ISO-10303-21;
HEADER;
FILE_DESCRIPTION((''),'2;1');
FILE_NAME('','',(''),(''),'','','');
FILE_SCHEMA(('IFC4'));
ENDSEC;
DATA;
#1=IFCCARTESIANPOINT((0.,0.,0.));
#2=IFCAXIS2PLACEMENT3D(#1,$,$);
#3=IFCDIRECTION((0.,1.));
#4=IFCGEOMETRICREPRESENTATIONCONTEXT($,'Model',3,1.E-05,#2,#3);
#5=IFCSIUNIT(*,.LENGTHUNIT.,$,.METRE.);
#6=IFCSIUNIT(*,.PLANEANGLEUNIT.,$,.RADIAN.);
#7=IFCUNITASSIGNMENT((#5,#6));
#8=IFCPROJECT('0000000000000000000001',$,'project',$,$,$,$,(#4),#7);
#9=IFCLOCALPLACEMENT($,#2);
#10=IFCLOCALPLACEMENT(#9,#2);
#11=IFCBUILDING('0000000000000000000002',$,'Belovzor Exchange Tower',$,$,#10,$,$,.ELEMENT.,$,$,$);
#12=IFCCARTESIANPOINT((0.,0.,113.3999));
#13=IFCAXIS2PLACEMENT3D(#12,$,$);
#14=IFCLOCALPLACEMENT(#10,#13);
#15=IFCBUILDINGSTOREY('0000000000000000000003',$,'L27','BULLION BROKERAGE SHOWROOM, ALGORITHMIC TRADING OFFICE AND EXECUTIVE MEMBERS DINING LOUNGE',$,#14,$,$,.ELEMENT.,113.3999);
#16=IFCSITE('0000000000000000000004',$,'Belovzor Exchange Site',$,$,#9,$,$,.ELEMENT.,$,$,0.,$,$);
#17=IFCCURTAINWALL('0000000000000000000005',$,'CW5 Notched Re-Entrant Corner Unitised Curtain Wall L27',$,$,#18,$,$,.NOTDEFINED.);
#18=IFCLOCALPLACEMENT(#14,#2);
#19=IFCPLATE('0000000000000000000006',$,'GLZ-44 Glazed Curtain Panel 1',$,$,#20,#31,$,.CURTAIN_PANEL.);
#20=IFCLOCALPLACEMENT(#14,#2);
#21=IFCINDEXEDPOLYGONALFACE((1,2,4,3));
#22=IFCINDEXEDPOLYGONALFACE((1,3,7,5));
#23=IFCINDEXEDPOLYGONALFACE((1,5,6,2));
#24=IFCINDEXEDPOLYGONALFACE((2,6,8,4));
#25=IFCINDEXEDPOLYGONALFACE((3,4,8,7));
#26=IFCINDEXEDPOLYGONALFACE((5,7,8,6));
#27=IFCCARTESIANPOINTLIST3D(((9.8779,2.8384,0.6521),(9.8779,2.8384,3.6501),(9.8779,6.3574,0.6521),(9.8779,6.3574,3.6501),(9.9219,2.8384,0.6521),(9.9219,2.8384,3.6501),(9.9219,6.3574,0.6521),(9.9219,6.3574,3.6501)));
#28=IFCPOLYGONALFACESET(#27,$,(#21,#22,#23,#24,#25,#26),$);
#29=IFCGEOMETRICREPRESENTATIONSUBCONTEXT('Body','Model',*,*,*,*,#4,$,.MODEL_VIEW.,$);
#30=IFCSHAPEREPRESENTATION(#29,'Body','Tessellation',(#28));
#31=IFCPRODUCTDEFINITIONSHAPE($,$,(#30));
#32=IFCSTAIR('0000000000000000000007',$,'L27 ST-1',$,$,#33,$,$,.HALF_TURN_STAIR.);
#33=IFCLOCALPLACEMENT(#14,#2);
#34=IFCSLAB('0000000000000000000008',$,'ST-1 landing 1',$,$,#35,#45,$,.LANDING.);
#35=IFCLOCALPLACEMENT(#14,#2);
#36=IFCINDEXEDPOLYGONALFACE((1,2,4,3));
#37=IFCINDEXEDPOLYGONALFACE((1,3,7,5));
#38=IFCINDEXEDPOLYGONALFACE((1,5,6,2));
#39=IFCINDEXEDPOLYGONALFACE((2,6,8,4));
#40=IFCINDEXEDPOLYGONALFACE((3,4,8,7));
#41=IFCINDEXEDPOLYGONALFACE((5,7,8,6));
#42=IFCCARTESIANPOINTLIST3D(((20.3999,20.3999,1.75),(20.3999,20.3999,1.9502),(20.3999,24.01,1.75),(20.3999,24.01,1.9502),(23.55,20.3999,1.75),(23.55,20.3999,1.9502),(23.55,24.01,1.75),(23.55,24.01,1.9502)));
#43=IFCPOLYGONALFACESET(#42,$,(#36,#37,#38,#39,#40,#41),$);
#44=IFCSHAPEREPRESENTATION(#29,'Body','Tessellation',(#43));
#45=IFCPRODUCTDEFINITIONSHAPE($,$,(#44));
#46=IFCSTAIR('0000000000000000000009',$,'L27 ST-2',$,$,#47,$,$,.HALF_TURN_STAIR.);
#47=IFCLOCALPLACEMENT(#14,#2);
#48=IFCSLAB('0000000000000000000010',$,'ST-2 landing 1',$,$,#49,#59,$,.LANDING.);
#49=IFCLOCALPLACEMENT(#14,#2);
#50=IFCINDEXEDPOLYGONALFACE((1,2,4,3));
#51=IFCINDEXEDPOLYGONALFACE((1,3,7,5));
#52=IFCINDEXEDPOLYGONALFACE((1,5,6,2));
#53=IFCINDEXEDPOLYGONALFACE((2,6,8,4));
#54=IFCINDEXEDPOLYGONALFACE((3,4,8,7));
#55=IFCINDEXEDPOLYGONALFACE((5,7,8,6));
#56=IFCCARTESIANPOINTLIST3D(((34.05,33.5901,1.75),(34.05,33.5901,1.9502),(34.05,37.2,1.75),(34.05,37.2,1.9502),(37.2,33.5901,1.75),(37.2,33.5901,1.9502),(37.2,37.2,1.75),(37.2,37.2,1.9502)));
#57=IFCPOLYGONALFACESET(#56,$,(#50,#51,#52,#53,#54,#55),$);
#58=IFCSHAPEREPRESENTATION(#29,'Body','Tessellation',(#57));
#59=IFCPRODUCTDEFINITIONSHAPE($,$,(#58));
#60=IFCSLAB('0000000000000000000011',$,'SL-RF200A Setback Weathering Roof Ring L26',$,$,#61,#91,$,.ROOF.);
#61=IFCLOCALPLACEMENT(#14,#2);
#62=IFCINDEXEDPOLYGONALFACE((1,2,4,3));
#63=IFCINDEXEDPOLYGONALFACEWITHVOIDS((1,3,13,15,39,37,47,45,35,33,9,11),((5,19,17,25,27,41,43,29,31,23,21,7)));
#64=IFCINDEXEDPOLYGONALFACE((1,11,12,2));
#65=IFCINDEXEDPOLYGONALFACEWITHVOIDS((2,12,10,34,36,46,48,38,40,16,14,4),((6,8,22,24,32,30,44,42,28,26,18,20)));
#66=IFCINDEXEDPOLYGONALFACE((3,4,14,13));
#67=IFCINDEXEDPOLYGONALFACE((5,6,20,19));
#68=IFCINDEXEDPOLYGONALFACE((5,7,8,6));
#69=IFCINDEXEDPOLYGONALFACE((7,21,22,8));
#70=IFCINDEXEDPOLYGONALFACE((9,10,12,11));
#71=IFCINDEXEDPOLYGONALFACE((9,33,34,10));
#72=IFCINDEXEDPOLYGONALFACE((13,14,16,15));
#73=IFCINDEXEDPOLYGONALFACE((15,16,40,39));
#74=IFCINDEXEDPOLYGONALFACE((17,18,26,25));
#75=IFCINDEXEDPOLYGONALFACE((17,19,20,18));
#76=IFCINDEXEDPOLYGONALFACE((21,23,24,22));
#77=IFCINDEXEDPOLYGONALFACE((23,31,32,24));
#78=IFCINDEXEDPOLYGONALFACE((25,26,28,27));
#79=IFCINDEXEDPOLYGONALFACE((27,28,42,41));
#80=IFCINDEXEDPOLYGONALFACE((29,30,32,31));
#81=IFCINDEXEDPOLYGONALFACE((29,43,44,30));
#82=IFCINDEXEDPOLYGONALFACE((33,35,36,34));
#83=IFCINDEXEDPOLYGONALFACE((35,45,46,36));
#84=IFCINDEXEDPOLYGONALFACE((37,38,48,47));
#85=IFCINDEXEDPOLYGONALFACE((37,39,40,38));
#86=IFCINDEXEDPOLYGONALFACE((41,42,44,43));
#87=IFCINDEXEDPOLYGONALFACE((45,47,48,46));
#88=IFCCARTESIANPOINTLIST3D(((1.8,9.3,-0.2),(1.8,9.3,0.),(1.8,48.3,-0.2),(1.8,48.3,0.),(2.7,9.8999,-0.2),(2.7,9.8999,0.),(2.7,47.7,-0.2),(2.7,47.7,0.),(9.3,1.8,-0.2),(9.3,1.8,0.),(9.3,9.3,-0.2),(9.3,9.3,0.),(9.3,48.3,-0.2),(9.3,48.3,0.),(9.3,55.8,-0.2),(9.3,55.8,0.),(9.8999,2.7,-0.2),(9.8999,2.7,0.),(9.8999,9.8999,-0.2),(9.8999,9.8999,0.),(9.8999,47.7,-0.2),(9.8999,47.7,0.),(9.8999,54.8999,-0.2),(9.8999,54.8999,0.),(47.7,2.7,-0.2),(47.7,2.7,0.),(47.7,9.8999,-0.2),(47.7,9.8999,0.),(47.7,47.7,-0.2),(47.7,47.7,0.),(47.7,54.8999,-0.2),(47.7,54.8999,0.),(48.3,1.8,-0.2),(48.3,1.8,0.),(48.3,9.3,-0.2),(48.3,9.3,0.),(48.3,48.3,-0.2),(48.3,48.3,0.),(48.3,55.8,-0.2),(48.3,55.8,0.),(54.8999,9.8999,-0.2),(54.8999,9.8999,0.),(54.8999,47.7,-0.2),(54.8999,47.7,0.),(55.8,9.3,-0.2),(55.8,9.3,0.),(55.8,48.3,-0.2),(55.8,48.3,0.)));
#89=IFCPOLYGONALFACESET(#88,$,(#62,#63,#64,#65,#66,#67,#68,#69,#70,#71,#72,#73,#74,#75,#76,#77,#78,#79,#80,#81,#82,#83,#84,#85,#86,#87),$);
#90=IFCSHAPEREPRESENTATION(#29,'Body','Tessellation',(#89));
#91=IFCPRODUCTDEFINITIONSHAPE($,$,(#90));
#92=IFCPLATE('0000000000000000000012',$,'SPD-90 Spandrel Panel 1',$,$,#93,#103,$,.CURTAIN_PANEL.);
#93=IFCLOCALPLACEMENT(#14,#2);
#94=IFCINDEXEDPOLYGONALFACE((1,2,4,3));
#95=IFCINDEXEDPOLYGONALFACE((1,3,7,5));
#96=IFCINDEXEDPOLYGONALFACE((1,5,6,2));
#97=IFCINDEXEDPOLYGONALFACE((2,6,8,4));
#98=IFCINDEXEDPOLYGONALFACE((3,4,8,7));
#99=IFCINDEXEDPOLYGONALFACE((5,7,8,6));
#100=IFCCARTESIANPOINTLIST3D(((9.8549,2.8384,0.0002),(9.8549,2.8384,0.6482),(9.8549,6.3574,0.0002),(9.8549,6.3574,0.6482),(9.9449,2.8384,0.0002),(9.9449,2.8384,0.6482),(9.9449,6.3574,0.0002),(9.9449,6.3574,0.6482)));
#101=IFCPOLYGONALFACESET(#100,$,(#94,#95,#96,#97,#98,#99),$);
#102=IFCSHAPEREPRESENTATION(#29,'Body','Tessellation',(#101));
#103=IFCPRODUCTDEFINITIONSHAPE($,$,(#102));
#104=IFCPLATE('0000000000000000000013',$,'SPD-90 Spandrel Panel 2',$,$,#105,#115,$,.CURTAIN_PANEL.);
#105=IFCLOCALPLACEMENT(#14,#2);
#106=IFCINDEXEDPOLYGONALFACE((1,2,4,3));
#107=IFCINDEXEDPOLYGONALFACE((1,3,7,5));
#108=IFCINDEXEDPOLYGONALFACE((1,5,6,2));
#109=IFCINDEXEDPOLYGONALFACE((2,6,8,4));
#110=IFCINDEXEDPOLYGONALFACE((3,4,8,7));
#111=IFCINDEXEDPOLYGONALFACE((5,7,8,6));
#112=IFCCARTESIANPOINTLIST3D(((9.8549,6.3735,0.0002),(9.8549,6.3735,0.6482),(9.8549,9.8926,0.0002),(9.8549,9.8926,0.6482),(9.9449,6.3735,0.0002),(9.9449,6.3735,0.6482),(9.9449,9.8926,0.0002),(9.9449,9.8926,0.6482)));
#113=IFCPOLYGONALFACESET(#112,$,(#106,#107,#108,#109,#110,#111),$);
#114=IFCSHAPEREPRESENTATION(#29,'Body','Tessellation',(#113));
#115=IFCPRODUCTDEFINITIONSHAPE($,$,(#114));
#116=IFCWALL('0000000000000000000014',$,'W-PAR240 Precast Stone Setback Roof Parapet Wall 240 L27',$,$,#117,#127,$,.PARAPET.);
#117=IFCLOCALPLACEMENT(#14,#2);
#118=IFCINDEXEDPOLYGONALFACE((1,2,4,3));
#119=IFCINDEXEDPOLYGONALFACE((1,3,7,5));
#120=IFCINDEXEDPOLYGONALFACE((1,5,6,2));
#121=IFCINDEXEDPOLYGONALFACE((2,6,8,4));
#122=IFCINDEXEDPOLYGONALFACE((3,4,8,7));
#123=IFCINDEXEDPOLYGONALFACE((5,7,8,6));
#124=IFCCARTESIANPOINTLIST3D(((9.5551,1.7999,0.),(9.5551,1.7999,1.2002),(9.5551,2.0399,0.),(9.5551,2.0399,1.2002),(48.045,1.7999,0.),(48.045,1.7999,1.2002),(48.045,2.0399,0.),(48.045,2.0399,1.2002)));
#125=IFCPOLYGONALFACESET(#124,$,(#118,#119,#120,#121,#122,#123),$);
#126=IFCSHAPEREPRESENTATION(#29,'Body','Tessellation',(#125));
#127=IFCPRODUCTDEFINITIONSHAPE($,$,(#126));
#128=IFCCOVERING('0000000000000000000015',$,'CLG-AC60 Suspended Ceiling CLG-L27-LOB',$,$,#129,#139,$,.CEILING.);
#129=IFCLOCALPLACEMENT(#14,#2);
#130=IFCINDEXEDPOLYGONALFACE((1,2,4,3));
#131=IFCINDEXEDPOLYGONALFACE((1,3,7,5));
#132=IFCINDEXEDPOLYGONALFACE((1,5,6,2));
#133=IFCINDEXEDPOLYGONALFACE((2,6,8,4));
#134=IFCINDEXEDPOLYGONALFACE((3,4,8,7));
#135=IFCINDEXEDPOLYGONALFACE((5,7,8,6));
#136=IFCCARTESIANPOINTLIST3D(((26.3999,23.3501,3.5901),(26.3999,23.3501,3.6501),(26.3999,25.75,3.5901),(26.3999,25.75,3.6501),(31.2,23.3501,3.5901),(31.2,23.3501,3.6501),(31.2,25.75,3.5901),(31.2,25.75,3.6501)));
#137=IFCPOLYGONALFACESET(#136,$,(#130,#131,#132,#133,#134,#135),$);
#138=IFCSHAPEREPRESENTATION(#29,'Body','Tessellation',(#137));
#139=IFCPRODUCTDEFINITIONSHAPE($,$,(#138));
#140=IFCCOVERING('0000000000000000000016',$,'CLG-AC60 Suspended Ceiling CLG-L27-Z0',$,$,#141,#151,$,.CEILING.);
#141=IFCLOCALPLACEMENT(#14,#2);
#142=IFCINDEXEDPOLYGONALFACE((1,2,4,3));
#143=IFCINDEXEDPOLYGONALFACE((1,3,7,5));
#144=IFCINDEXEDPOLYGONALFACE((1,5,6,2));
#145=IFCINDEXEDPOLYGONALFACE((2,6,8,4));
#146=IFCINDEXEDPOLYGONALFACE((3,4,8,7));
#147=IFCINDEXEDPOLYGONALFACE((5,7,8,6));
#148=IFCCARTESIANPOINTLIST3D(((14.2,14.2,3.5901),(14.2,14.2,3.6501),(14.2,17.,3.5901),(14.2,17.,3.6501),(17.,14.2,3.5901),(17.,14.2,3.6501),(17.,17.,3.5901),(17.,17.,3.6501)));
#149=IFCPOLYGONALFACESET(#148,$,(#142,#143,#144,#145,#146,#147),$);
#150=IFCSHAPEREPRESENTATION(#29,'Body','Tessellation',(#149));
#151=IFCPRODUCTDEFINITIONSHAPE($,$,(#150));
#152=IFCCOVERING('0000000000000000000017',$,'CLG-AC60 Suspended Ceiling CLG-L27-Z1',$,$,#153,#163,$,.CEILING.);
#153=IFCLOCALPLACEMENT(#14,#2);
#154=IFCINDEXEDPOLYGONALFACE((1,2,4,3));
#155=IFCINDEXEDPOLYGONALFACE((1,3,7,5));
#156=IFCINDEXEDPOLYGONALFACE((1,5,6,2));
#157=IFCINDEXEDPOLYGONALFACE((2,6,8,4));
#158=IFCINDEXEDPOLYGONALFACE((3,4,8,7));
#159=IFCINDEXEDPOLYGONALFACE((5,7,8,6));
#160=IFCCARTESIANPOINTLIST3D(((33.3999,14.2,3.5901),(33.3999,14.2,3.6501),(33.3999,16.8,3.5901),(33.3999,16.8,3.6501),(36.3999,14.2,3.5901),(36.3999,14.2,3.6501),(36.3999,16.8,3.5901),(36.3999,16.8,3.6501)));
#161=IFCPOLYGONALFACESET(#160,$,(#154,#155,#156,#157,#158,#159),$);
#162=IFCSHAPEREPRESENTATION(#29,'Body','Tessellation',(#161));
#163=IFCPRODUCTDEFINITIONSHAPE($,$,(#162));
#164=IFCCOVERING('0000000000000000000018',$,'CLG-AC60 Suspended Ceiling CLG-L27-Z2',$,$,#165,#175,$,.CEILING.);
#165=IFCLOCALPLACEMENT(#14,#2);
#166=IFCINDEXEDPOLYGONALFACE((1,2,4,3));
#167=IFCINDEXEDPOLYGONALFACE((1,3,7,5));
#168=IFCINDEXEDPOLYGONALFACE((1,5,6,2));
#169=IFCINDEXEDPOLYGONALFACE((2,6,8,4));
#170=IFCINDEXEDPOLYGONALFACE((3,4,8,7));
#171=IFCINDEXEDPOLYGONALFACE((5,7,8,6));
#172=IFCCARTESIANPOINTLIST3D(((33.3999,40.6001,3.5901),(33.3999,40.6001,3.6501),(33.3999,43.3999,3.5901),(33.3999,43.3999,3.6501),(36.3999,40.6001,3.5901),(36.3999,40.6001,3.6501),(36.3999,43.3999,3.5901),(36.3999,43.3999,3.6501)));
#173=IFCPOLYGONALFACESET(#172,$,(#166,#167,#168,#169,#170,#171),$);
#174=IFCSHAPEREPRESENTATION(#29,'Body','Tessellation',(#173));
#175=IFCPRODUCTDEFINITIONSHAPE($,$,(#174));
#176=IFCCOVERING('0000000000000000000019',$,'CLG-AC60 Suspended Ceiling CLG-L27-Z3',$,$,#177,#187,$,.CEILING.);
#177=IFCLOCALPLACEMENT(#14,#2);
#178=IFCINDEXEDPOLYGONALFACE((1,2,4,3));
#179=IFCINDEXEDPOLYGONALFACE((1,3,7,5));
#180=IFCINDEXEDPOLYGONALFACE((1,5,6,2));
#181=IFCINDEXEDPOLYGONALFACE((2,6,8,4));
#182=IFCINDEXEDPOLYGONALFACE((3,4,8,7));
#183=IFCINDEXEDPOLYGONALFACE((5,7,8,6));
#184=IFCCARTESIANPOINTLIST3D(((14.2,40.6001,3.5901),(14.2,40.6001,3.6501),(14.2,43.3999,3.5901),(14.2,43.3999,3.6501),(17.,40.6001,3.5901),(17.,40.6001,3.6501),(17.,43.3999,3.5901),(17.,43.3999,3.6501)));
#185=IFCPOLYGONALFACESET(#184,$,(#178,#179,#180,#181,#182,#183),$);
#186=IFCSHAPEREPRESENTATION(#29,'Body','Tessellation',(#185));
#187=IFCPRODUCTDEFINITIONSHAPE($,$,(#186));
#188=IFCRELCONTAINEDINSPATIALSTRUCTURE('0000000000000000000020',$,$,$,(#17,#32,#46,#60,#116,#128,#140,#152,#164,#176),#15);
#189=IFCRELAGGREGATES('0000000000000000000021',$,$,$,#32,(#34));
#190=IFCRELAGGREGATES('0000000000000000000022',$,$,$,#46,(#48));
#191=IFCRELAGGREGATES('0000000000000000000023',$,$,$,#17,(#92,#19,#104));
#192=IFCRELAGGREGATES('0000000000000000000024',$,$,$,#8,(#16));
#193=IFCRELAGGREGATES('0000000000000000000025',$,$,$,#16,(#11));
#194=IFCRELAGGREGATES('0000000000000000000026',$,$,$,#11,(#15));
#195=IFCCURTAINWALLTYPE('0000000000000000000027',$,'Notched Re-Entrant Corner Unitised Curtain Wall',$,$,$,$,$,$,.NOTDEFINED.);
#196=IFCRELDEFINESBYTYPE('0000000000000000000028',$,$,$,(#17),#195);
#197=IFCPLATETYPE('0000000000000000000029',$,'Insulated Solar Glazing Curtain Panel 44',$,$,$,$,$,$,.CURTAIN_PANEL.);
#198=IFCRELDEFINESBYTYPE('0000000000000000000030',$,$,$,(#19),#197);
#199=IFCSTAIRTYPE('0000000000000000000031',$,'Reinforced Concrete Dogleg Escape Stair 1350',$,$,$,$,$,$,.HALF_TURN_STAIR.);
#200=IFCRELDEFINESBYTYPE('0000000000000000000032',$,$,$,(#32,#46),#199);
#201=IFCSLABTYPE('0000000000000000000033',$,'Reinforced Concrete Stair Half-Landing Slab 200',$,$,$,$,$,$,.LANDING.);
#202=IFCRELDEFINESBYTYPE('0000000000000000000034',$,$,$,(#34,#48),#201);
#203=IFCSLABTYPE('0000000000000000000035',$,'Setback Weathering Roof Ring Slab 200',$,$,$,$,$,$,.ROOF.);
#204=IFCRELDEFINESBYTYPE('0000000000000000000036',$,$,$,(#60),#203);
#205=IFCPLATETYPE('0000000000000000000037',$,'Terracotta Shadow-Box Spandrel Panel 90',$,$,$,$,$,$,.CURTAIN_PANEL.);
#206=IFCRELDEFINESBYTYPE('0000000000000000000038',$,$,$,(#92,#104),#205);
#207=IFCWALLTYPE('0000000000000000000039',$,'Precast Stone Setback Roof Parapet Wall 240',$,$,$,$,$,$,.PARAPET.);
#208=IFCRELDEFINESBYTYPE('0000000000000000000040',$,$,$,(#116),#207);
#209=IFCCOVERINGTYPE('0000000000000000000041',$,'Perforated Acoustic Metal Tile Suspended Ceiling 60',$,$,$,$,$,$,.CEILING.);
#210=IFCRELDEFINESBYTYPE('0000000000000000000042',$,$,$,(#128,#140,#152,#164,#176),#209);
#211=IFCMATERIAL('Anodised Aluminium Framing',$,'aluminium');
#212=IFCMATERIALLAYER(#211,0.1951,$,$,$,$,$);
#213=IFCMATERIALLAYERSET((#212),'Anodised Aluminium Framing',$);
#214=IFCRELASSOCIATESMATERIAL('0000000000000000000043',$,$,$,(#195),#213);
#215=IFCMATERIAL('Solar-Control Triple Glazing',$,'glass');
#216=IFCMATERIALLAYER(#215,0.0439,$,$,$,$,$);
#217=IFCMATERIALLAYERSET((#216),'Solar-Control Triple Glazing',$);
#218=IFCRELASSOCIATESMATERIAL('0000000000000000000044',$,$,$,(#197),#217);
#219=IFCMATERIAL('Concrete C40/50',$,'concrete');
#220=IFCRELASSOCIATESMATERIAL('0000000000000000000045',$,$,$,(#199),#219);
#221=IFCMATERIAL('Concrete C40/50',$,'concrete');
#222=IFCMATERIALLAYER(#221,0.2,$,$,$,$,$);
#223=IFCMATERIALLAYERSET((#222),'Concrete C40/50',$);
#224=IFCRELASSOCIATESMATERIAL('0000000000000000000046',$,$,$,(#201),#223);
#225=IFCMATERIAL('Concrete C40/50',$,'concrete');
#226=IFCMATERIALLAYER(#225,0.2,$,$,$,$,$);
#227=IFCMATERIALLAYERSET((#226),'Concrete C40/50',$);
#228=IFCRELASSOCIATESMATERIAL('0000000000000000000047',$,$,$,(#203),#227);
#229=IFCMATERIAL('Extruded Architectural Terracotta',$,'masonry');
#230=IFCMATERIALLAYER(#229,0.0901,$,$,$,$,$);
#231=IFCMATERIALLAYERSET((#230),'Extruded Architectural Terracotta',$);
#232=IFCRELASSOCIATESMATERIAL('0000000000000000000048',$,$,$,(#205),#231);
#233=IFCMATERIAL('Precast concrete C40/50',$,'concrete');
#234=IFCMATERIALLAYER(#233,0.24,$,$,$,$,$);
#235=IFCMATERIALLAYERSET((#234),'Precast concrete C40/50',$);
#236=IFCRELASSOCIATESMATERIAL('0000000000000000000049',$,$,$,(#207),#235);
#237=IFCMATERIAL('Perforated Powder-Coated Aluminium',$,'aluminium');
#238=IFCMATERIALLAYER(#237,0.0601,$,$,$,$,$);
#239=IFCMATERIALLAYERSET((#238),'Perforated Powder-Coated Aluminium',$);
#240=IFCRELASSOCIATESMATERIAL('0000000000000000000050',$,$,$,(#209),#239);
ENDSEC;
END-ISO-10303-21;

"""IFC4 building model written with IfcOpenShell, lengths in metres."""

from ifc_helpers import new_model, si_unit, direction, frame, frame_2d, origin, origin_2d, place, context, subcontext, project, spatial, polyline, rectangle, outline, extrude, material, layer, layer_set, type_object, element, aggregate, save


model = new_model("IFC4")

# Units and contexts
model_context = context("Model", 3, precision=1e-05, world=origin(), true_north=direction((0.0, 1.0)))
body_context = subcontext(model_context, "Body", "Model", "MODEL_VIEW")
ifc_project = project(units=[si_unit("LENGTHUNIT", "METRE"), si_unit("PLANEANGLEUNIT", "RADIAN")], contexts=[model_context])

# Site, building, storey
site_placement = place(None, origin())
site = spatial("IfcSite", under=ifc_project, at=site_placement, Name="Belovzor Exchange Site", CompositionType="ELEMENT", RefElevation=0.0)
building_placement = place(site_placement, origin())
building = spatial("IfcBuilding", under=site, at=building_placement, Name="Belovzor Exchange Tower", CompositionType="ELEMENT")
storey_placement = place(building_placement, frame((0.0, 0.0, 113.3999)))
storey = spatial("IfcBuildingStorey", under=building, at=storey_placement, Name="L27", Description="BULLION BROKERAGE SHOWROOM, ALGORITHMIC TRADING OFFICE AND EXECUTIVE MEMBERS DINING LOUNGE", CompositionType="ELEMENT", Elevation=113.3999)

# Curtain wall
ifc_material_1 = material(Name="Anodised Aluminium Framing", Category="aluminium")
ifc_layer_1 = layer(ifc_material_1, 0.1951)
ifc_layer_set_1 = layer_set([ifc_layer_1], Name="Anodised Aluminium Framing")
curtain_wall_type = type_object("IfcCurtainWallType", Name="Notched Re-Entrant Corner Unitised Curtain Wall", PredefinedType="NOTDEFINED", material=ifc_layer_set_1)
curtain_wall_placement = place(storey_placement, origin())
curtain_wall = element("IfcCurtainWall", 1, at=curtain_wall_placement, inside=storey, type_object=curtain_wall_type, Name="CW5 Notched Re-Entrant Corner Unitised Curtain Wall L27", PredefinedType="NOTDEFINED")

# Plate
ifc_material_2 = material(Name="Solar-Control Triple Glazing", Category="glass")
ifc_layer_2 = layer(ifc_material_2, 0.0439)
ifc_layer_set_2 = layer_set([ifc_layer_2], Name="Solar-Control Triple Glazing")
plate_type_1 = type_object("IfcPlateType", Name="Insulated Solar Glazing Curtain Panel 44", PredefinedType="CURTAIN_PANEL", material=ifc_layer_set_2)
plate_1_placement = place(storey_placement, frame((9.8999, 4.5979, 0.6521), z_axis=(0.0, 0.0, 1.0), x_axis=(0.0, 1.0, 0.0)))
plate_1 = element("IfcPlate", 2, at=plate_1_placement, type_object=plate_type_1, Name="GLZ-44 Glazed Curtain Panel 1", PredefinedType="CURTAIN_PANEL", context=body_context, shape_type="SweptSolid", body=[
    extrude(rectangle(XDim=3.519, YDim=0.0439, at=origin_2d()), origin(), (0.0, 0.0, 1.0), 2.998),
])

# Stairs, slabs
ifc_material_3 = material(Name="Concrete C40/50", Category="concrete")
stair_type = type_object("IfcStairType", Name="Reinforced Concrete Dogleg Escape Stair 1350", PredefinedType="HALF_TURN_STAIR", material=ifc_material_3)
stair_1_placement = place(storey_placement, origin())
stair_1 = element("IfcStair", 3, at=stair_1_placement, inside=storey, type_object=stair_type, Name="L27 ST-1", PredefinedType="HALF_TURN_STAIR")
ifc_material_4 = material(Name="Concrete C40/50", Category="concrete")
ifc_layer_3 = layer(ifc_material_4, 0.2)
ifc_layer_set_3 = layer_set([ifc_layer_3], Name="Concrete C40/50")
slab_type_1 = type_object("IfcSlabType", Name="Reinforced Concrete Stair Half-Landing Slab 200", PredefinedType="LANDING", material=ifc_layer_set_3)
slab_1_placement = place(storey_placement, frame((0.0, 0.0, 1.75)))
slab_1 = element("IfcSlab", 4, at=slab_1_placement, type_object=slab_type_1, Name="ST-1 landing 1", PredefinedType="LANDING", context=body_context, shape_type="SweptSolid", body=[
    extrude(outline(polyline([(20.3999, 24.01), (20.3999, 20.3999), (23.55, 20.3999), (23.55, 24.01), (20.3999, 24.01)])), origin(), (0.0, 0.0, 1.0), 0.2002),
])
aggregate(stair_1, [slab_1])
stair_2_placement = place(storey_placement, origin())
stair_2 = element("IfcStair", 5, at=stair_2_placement, inside=storey, type_object=stair_type, Name="L27 ST-2", PredefinedType="HALF_TURN_STAIR")
slab_2_placement = place(storey_placement, frame((0.0, 0.0, 1.75)))
slab_2 = element("IfcSlab", 6, at=slab_2_placement, type_object=slab_type_1, Name="ST-2 landing 1", PredefinedType="LANDING", context=body_context, shape_type="SweptSolid", body=[
    extrude(outline(polyline([(37.2, 33.5901), (37.2, 37.2), (34.05, 37.2), (34.05, 33.5901), (37.2, 33.5901)])), origin(), (0.0, 0.0, 1.0), 0.2002),
])
aggregate(stair_2, [slab_2])

# Slab
ifc_material_5 = material(Name="Concrete C40/50", Category="concrete")
ifc_layer_4 = layer(ifc_material_5, 0.2)
ifc_layer_set_4 = layer_set([ifc_layer_4], Name="Concrete C40/50")
slab_type_2 = type_object("IfcSlabType", Name="Setback Weathering Roof Ring Slab 200", PredefinedType="ROOF", material=ifc_layer_set_4)
slab_3_placement = place(storey_placement, frame((0.0, 0.0, -0.2)))
element("IfcSlab", 7, at=slab_3_placement, inside=storey, type_object=slab_type_2, Name="SL-RF200A Setback Weathering Roof Ring L26", PredefinedType="ROOF", context=body_context, shape_type="SweptSolid", body=[
    extrude(outline(polyline([(9.3, 1.8), (48.3, 1.8), (48.3, 9.3), (55.8, 9.3), (55.8, 48.3), (48.3, 48.3), (48.3, 55.8), (9.3, 55.8), (9.3, 48.3), (1.8, 48.3), (1.8, 9.3), (9.3, 9.3), (9.3, 1.8)]), holes=[polyline([(9.8999, 2.7), (47.7, 2.7), (47.7, 9.8999), (54.8999, 9.8999), (54.8999, 47.7), (47.7, 47.7), (47.7, 54.8999), (9.8999, 54.8999), (9.8999, 47.7), (2.7, 47.7), (2.7, 9.8999), (9.8999, 9.8999), (9.8999, 2.7)])]), origin(), (0.0, 0.0, 1.0), 0.2),
])

# Plates
ifc_material_6 = material(Name="Extruded Architectural Terracotta", Category="masonry")
ifc_layer_5 = layer(ifc_material_6, 0.0901)
ifc_layer_set_5 = layer_set([ifc_layer_5], Name="Extruded Architectural Terracotta")
plate_type_2 = type_object("IfcPlateType", Name="Terracotta Shadow-Box Spandrel Panel 90", PredefinedType="CURTAIN_PANEL", material=ifc_layer_set_5)
plate_2_placement = place(storey_placement, frame((9.8999, 4.5979, 0.0002), z_axis=(0.0, 0.0, 1.0), x_axis=(0.0, 1.0, 0.0)))
plate_2 = element("IfcPlate", 8, at=plate_2_placement, type_object=plate_type_2, Name="SPD-90 Spandrel Panel 1", PredefinedType="CURTAIN_PANEL", context=body_context, shape_type="SweptSolid", body=[
    extrude(rectangle(XDim=3.519, YDim=0.0901, at=origin_2d()), origin(), (0.0, 0.0, 1.0), 0.6479),
])
plate_3_placement = place(storey_placement, frame((9.8999, 8.1331, 0.0002), z_axis=(0.0, 0.0, 1.0), x_axis=(0.0, 1.0, 0.0)))
plate_3 = element("IfcPlate", 9, at=plate_3_placement, type_object=plate_type_2, Name="SPD-90 Spandrel Panel 2", PredefinedType="CURTAIN_PANEL", context=body_context, shape_type="SweptSolid", body=[
    extrude(rectangle(XDim=3.519, YDim=0.0901, at=origin_2d()), origin(), (0.0, 0.0, 1.0), 0.6479),
])
aggregate(curtain_wall, [plate_2, plate_1, plate_3])

# Wall
ifc_material_7 = material(Name="Precast concrete C40/50", Category="concrete")
ifc_layer_6 = layer(ifc_material_7, 0.24)
ifc_layer_set_6 = layer_set([ifc_layer_6], Name="Precast concrete C40/50")
wall_type = type_object("IfcWallType", Name="Precast Stone Setback Roof Parapet Wall 240", PredefinedType="PARAPET", material=ifc_layer_set_6)
wall_placement = place(storey_placement, frame((9.5549, 1.9199, 0.0), z_axis=(0.0, 0.0, 1.0), x_axis=(1.0, 0.0, 0.0)))
element("IfcWall", 10, at=wall_placement, inside=storey, type_object=wall_type, Name="W-PAR240 Precast Stone Setback Roof Parapet Wall 240 L27", PredefinedType="PARAPET", context=body_context, shape_type="SweptSolid", body=[
    extrude(rectangle(XDim=38.49, YDim=0.24, at=frame_2d((19.2451, 0.0))), origin(), (0.0, 0.0, 1.0), 1.2002),
])

# Coverings
ifc_material_8 = material(Name="Perforated Powder-Coated Aluminium", Category="aluminium")
ifc_layer_7 = layer(ifc_material_8, 0.0601)
ifc_layer_set_7 = layer_set([ifc_layer_7], Name="Perforated Powder-Coated Aluminium")
covering_type_1 = type_object("IfcCoveringType", Name="Perforated Acoustic Metal Tile Suspended Ceiling 60", PredefinedType="CEILING", material=ifc_layer_set_7)
covering_1_placement = place(storey_placement, frame((0.0, 0.0, 3.5901)))
element("IfcCovering", 11, at=covering_1_placement, inside=storey, type_object=covering_type_1, Name="CLG-AC60 Suspended Ceiling CLG-L27-LOB", PredefinedType="CEILING", context=body_context, shape_type="SweptSolid", body=[
    extrude(outline(polyline([(26.3999, 23.3501), (31.2, 23.3501), (31.2, 25.75), (26.3999, 25.75), (26.3999, 23.3501)])), origin(), (0.0, 0.0, 1.0), 0.0601),
])
covering_2_placement = place(storey_placement, frame((0.0, 0.0, 3.5901)))
element("IfcCovering", 12, at=covering_2_placement, inside=storey, type_object=covering_type_1, Name="CLG-AC60 Suspended Ceiling CLG-L27-Z0", PredefinedType="CEILING", context=body_context, shape_type="SweptSolid", body=[
    extrude(outline(polyline([(14.2, 14.2), (17.0, 14.2), (17.0, 17.0), (14.2, 17.0), (14.2, 14.2)])), origin(), (0.0, 0.0, 1.0), 0.0601),
])
covering_3_placement = place(storey_placement, frame((0.0, 0.0, 3.5901)))
element("IfcCovering", 13, at=covering_3_placement, inside=storey, type_object=covering_type_1, Name="CLG-AC60 Suspended Ceiling CLG-L27-Z1", PredefinedType="CEILING", context=body_context, shape_type="SweptSolid", body=[
    extrude(outline(polyline([(33.3999, 14.2), (36.3999, 14.2), (36.3999, 16.8), (33.3999, 16.8), (33.3999, 14.2)])), origin(), (0.0, 0.0, 1.0), 0.0601),
])
covering_4_placement = place(storey_placement, frame((0.0, 0.0, 3.5901)))
element("IfcCovering", 14, at=covering_4_placement, inside=storey, type_object=covering_type_1, Name="CLG-AC60 Suspended Ceiling CLG-L27-Z2", PredefinedType="CEILING", context=body_context, shape_type="SweptSolid", body=[
    extrude(outline(polyline([(33.3999, 40.6001), (36.3999, 40.6001), (36.3999, 43.3999), (33.3999, 43.3999), (33.3999, 40.6001)])), origin(), (0.0, 0.0, 1.0), 0.0601),
])
covering_5_placement = place(storey_placement, frame((0.0, 0.0, 3.5901)))
element("IfcCovering", 15, at=covering_5_placement, inside=storey, type_object=covering_type_1, Name="CLG-AC60 Suspended Ceiling CLG-L27-Z3", PredefinedType="CEILING", context=body_context, shape_type="SweptSolid", body=[
    extrude(outline(polyline([(14.2, 40.6001), (17.0, 40.6001), (17.0, 43.3999), (14.2, 43.3999), (14.2, 40.6001)])), origin(), (0.0, 0.0, 1.0), 0.0601),
])

save(model, "model.ifc")
